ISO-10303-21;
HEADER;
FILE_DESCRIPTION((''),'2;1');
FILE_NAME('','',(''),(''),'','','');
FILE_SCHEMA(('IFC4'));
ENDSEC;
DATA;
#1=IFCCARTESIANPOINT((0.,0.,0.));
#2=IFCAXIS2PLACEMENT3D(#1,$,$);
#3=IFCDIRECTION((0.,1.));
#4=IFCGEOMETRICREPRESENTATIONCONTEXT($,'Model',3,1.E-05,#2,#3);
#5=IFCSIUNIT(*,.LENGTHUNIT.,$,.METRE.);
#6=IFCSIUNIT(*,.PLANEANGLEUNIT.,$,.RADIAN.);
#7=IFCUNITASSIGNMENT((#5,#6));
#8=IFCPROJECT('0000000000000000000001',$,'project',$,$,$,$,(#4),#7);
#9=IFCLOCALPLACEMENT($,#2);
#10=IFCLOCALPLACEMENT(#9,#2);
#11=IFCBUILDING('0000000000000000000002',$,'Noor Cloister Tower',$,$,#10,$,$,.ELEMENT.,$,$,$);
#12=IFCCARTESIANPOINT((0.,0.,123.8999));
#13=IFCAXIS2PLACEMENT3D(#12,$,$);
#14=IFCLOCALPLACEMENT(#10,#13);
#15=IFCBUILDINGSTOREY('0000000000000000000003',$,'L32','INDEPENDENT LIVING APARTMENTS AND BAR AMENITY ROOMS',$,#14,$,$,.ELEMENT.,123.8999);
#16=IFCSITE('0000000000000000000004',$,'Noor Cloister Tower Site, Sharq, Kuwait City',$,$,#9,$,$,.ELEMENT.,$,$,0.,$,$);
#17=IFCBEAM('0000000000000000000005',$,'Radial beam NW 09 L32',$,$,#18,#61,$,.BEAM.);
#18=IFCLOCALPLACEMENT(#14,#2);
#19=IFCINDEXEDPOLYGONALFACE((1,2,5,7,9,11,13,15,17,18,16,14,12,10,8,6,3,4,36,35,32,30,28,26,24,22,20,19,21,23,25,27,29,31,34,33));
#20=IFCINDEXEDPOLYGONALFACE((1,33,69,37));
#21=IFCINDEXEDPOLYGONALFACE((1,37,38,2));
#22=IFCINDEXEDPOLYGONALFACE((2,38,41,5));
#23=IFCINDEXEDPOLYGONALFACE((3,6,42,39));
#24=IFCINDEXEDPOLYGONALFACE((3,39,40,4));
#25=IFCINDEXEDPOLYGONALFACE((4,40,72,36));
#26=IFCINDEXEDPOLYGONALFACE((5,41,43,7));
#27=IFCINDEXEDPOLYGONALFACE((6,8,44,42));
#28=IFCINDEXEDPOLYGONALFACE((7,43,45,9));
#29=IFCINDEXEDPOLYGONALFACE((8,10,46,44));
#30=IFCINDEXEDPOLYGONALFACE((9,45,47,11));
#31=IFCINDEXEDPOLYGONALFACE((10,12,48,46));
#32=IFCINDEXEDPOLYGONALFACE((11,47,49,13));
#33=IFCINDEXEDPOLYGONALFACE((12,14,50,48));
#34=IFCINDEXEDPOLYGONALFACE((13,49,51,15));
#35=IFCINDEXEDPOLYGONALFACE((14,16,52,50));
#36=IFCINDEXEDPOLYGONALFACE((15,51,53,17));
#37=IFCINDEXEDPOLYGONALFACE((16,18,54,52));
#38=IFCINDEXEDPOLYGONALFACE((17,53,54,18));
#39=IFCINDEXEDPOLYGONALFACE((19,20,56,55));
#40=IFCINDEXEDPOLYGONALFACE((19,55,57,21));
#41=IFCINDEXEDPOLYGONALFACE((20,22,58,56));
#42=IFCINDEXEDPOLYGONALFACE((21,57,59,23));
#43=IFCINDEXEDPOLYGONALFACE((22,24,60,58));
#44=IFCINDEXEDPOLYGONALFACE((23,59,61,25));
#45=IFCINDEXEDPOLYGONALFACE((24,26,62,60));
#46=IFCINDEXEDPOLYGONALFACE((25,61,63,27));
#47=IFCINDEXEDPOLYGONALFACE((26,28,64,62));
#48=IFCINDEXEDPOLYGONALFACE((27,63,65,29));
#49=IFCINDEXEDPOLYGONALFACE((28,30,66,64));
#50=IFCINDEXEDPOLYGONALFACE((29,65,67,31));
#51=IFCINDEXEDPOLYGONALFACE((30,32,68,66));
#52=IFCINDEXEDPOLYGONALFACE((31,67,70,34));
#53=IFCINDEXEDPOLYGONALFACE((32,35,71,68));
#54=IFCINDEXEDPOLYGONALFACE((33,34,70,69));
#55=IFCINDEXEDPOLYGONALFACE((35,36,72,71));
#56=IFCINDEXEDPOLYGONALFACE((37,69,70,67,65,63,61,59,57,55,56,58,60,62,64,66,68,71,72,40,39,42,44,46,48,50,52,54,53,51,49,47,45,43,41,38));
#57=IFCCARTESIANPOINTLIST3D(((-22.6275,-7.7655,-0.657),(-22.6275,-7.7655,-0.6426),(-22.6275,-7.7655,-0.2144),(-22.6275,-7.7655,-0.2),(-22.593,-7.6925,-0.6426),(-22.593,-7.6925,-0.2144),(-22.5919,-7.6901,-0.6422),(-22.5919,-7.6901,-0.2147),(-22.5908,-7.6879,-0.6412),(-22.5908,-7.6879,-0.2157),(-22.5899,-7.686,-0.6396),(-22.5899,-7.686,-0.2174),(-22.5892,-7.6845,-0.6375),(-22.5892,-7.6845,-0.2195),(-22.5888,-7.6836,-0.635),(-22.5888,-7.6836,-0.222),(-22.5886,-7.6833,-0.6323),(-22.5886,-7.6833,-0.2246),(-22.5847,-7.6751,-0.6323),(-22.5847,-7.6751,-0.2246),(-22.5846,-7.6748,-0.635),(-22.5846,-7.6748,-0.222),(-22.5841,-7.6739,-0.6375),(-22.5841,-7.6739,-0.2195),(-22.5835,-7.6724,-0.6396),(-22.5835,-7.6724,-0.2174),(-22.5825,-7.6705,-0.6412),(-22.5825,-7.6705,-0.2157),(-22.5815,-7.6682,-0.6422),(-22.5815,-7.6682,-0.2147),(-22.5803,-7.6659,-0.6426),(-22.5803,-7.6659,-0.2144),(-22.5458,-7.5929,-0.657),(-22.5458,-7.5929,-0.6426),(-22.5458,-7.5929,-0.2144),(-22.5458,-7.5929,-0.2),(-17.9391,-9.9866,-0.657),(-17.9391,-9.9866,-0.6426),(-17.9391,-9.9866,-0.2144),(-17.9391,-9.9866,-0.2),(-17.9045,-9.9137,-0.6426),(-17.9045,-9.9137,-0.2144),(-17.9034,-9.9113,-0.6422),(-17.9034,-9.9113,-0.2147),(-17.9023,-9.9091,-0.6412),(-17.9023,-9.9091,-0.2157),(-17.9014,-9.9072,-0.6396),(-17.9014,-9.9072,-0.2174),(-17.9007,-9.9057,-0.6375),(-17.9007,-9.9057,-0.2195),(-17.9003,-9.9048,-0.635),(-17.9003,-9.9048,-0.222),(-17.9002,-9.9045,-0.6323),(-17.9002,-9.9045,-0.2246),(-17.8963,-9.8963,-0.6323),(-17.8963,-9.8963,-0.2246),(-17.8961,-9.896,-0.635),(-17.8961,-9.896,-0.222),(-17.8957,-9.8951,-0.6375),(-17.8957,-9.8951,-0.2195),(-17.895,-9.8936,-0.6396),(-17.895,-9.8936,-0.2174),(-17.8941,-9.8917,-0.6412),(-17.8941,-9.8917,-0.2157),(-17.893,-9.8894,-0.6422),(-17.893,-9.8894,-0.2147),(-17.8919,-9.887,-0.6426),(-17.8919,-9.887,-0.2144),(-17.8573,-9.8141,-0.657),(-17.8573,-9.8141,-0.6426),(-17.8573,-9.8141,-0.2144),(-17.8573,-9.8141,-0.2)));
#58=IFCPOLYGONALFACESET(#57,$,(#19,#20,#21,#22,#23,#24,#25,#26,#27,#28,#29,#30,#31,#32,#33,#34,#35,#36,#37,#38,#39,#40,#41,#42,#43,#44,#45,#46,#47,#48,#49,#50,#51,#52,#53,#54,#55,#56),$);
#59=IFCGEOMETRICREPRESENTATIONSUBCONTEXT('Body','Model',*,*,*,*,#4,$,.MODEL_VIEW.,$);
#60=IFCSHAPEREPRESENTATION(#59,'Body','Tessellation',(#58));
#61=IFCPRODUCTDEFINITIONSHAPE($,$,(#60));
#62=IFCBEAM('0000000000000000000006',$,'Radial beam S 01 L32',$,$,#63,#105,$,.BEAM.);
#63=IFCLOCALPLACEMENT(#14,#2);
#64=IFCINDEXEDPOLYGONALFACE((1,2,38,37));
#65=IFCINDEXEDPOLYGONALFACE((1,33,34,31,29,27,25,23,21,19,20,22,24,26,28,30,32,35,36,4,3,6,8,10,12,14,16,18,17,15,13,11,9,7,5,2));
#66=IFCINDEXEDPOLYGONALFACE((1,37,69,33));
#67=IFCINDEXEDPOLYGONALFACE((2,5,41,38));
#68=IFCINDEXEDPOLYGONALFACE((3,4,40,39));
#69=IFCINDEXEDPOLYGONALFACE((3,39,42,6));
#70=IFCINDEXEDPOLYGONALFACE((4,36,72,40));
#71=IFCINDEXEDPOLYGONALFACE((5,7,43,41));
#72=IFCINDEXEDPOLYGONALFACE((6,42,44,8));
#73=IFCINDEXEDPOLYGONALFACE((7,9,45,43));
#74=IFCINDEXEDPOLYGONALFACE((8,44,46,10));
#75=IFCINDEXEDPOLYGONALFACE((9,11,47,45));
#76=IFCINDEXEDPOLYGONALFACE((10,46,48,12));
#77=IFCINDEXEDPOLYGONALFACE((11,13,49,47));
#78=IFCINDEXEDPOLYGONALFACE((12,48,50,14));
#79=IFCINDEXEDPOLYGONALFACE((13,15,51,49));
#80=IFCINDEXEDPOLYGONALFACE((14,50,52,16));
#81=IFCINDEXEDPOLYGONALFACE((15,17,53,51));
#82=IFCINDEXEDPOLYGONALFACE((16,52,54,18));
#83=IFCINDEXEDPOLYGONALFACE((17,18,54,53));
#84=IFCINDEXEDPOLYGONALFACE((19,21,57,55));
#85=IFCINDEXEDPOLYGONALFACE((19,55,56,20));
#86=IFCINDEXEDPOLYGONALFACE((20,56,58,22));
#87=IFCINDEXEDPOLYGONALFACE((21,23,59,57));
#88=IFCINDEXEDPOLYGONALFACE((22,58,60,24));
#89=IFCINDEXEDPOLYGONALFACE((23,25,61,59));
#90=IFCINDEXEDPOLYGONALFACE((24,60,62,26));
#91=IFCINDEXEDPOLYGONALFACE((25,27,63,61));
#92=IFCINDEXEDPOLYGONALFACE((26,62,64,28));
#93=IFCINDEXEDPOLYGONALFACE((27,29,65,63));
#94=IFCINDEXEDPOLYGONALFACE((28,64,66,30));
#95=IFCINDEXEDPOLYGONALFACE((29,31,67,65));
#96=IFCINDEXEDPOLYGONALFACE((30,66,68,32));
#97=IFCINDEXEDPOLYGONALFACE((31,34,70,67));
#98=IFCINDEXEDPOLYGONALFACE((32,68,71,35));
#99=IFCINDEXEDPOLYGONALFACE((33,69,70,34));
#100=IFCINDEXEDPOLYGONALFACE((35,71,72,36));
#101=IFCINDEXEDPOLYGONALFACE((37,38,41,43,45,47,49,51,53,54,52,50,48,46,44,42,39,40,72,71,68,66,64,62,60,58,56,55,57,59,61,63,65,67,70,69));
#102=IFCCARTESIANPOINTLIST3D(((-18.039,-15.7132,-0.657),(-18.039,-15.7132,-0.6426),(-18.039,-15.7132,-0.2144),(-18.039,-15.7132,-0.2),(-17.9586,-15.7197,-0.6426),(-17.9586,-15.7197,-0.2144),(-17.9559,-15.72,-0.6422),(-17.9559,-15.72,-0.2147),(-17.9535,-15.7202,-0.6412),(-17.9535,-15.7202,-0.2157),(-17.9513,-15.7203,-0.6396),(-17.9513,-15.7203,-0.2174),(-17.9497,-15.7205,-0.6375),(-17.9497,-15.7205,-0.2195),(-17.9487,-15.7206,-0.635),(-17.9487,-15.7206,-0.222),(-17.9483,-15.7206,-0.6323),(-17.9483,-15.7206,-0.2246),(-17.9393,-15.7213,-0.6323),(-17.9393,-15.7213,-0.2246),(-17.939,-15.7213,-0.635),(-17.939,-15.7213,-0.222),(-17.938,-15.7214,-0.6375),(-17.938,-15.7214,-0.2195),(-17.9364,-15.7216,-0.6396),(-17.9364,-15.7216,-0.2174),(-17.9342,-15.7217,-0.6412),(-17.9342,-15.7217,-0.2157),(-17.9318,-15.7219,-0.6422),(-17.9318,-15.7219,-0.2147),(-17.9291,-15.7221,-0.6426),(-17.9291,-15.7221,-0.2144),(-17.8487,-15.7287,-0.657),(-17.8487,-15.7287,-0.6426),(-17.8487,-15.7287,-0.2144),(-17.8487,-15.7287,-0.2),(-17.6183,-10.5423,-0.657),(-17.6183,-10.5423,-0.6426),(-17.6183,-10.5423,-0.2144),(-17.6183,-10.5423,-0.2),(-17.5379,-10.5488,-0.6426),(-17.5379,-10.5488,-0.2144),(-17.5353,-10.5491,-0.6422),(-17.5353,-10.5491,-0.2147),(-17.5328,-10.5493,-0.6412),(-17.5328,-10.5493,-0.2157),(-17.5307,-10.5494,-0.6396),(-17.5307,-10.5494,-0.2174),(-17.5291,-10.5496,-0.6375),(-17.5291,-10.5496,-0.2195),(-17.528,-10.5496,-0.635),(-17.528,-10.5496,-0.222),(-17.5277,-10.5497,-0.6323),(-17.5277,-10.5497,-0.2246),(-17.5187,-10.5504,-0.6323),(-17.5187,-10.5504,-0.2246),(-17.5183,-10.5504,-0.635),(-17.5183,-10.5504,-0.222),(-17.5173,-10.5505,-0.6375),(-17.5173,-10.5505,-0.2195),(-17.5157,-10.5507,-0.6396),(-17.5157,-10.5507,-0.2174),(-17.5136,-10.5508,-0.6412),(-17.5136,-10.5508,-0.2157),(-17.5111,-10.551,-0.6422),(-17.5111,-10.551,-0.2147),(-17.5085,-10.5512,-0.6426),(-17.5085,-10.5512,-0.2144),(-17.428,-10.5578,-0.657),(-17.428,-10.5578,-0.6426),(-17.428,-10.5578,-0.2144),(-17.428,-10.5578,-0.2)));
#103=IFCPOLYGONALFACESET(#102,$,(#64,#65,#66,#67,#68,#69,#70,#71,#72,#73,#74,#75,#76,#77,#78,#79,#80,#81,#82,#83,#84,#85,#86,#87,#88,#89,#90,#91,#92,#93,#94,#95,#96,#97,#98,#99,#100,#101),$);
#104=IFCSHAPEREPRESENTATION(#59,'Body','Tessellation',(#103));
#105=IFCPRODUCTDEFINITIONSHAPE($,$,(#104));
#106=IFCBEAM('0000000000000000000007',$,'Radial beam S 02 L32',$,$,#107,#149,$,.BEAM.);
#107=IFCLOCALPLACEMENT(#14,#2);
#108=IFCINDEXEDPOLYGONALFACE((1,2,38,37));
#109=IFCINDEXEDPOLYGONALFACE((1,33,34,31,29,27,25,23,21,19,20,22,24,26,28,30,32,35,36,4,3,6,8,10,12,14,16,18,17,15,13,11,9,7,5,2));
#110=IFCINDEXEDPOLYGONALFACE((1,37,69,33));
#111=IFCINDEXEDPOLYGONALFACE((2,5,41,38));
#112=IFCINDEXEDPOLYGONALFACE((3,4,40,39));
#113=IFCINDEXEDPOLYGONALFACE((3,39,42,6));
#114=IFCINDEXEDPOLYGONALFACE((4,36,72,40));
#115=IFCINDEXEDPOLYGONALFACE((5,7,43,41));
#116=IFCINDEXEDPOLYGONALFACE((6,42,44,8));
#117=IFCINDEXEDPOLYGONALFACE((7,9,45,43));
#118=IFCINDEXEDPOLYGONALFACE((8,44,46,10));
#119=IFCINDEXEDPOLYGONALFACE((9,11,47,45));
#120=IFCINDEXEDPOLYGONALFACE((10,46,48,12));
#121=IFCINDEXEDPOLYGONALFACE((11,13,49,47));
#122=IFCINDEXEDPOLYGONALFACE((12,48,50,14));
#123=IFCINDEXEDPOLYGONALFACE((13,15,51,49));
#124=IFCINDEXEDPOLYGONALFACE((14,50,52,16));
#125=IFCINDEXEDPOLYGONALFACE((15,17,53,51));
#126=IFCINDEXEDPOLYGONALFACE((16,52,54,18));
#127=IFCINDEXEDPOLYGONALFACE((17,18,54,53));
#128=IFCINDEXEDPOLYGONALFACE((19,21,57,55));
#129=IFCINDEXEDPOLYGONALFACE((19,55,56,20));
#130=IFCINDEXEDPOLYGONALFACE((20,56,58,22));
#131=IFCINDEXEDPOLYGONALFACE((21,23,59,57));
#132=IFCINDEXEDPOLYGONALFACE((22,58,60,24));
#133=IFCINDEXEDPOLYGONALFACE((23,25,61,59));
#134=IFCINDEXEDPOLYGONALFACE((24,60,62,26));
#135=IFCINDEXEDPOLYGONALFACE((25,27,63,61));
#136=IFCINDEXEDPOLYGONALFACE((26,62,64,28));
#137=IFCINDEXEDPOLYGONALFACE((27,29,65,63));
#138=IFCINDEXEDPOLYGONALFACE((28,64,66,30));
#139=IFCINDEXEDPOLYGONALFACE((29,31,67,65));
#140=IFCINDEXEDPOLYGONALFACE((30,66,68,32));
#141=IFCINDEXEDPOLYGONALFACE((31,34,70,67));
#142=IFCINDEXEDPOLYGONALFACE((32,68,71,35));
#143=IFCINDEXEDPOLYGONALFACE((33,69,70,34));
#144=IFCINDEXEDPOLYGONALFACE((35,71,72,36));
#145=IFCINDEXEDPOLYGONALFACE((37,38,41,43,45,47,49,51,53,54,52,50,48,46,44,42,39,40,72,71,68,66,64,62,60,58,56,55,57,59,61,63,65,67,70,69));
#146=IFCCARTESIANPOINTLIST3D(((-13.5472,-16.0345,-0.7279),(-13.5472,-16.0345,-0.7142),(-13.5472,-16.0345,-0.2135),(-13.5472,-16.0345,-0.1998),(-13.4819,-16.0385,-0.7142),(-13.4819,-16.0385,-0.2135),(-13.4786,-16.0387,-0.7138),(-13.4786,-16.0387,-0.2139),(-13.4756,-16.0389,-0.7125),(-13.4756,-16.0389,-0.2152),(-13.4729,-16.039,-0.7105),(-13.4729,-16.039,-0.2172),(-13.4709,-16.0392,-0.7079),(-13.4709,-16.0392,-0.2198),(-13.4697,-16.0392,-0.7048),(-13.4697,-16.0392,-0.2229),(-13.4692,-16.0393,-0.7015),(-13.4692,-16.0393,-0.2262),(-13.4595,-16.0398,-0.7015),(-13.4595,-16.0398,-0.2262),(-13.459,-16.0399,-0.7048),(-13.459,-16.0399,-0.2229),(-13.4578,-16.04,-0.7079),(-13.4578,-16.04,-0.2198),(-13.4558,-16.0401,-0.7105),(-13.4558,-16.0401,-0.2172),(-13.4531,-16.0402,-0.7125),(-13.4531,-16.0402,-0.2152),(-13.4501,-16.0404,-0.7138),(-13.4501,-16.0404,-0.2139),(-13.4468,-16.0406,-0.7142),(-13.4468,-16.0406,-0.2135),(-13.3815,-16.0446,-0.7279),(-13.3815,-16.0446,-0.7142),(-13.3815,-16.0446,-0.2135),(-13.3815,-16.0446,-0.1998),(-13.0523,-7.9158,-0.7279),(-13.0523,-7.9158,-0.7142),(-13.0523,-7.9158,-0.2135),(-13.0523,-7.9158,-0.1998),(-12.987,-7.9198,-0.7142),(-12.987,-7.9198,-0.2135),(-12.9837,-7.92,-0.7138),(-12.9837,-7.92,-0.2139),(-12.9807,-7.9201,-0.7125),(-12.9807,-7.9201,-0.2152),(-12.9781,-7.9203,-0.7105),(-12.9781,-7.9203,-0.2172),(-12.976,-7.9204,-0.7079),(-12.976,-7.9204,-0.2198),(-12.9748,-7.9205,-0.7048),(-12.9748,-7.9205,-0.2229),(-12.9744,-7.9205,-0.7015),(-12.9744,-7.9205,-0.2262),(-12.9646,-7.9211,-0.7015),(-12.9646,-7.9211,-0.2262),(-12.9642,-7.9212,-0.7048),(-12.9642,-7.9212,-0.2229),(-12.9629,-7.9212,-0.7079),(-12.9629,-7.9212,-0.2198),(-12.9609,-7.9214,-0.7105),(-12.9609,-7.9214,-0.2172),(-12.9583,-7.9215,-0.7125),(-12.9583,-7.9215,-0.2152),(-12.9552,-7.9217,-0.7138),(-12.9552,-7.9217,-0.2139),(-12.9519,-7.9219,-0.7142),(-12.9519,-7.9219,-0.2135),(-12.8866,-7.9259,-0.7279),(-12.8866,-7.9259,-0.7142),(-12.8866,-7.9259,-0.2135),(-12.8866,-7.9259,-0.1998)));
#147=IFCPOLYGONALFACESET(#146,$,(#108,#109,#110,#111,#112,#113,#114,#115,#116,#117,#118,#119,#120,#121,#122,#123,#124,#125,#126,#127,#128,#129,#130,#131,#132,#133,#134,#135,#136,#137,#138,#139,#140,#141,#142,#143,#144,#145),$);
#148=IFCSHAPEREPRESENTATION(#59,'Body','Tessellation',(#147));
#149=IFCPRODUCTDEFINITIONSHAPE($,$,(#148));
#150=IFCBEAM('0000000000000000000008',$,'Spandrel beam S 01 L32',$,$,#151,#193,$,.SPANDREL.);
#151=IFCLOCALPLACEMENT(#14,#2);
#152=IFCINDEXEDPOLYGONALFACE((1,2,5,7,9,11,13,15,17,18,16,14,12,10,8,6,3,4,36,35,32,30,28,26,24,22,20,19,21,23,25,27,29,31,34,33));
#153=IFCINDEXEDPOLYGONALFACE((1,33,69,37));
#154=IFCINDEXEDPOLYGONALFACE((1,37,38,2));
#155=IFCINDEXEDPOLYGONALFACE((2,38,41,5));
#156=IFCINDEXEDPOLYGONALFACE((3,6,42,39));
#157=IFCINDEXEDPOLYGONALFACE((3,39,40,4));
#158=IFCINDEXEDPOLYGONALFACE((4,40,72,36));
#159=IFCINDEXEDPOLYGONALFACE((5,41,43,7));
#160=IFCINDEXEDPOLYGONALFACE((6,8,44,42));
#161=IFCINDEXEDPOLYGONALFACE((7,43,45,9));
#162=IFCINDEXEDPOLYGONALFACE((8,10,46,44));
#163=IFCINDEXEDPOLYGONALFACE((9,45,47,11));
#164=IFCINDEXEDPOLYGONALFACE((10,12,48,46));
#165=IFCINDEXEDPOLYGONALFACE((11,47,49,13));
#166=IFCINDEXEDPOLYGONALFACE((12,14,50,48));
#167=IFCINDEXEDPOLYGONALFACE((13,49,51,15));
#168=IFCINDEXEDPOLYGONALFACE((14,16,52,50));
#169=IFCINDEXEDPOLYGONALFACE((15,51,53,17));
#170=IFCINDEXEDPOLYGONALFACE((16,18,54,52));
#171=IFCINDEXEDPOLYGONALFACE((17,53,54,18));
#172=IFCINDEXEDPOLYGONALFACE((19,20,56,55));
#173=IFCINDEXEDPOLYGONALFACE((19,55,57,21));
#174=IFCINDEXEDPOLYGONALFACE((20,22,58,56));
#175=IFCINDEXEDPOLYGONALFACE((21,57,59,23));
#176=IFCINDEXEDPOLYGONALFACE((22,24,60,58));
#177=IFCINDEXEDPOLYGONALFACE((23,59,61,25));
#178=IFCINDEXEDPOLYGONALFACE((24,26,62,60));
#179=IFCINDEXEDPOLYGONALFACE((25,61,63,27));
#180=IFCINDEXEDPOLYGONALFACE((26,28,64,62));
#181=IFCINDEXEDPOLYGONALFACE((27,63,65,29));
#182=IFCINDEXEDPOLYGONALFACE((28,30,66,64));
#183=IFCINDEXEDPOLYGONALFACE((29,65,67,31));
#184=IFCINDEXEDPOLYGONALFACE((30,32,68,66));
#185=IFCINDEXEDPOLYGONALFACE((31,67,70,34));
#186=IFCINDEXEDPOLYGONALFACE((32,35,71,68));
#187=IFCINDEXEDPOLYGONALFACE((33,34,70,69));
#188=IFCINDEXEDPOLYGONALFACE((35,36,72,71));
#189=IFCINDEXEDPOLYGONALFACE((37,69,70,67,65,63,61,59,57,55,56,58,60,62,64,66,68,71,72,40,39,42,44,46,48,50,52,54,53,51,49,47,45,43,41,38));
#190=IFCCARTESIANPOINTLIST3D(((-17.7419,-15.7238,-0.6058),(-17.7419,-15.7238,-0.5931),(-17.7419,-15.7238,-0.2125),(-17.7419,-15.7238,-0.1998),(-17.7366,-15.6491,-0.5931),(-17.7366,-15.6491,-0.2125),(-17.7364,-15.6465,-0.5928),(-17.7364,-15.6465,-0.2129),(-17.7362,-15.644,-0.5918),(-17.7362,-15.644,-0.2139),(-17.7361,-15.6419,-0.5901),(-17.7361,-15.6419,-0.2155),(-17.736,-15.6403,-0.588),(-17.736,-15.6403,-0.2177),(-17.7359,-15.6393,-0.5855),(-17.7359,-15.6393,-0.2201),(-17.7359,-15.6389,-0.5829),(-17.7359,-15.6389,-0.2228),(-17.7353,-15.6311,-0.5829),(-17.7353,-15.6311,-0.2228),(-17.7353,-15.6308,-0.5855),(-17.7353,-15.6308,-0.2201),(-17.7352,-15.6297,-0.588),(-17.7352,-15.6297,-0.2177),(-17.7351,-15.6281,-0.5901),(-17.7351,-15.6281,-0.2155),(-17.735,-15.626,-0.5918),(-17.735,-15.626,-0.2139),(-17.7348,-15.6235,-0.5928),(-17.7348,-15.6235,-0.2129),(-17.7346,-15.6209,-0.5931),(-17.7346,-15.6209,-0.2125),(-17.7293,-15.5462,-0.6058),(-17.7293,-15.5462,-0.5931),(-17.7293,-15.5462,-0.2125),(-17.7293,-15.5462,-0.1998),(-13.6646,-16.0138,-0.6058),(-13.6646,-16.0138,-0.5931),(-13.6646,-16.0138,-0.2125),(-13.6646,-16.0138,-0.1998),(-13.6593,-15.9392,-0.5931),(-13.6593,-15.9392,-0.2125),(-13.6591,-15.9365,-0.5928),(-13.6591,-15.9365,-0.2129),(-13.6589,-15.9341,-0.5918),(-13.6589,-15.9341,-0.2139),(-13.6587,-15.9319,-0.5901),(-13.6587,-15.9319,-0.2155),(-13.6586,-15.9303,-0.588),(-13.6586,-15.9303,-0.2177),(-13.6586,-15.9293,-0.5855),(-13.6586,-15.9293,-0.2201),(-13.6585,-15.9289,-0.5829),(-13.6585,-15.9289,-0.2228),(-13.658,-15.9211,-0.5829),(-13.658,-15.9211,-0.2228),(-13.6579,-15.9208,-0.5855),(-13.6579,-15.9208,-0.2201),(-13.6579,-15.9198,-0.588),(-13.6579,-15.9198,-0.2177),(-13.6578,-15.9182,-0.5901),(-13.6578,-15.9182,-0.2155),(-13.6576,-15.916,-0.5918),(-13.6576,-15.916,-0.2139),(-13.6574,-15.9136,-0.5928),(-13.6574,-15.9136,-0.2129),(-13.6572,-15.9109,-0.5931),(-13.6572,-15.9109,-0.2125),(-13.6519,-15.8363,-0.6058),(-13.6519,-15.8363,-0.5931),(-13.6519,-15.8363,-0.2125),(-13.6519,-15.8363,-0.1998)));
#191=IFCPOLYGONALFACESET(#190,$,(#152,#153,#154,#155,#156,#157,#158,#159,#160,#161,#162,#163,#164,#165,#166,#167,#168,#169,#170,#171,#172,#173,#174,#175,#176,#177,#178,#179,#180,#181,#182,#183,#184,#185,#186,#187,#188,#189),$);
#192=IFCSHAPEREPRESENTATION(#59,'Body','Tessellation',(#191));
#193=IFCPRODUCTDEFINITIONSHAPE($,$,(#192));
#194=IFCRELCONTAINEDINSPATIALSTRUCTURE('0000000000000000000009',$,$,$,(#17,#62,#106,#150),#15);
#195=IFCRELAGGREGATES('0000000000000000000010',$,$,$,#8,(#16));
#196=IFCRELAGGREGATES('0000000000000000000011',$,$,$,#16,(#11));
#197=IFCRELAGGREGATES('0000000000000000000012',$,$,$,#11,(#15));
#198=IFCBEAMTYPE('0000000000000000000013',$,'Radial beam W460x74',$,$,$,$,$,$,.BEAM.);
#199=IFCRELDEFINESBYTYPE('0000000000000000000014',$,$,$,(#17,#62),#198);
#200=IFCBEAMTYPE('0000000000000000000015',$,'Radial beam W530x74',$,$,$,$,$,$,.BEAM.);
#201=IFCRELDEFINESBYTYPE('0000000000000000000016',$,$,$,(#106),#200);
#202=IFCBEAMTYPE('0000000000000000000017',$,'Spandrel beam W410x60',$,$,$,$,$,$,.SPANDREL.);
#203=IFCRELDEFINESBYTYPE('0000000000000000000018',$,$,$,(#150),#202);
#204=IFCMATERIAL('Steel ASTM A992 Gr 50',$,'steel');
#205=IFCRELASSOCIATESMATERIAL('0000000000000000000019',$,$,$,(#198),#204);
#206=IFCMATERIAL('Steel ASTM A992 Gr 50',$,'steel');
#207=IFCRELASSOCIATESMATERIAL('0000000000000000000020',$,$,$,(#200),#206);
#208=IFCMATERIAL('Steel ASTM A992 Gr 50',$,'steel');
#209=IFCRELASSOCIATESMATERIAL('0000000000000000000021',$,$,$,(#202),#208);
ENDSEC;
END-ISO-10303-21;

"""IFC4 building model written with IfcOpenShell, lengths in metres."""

from ifc_helpers import new_model, si_unit, direction, frame, origin, origin_2d, place, context, subcontext, project, spatial, i_section, extrude, material, material_profile, profile_set, type_object, element, save


model = new_model("IFC4")

# Units and contexts
model_context = context("Model", 3, precision=1e-05, world=origin(), true_north=direction((0.0, 1.0)))
body_context = subcontext(model_context, "Body", "Model", "MODEL_VIEW")
ifc_project = project(units=[si_unit("LENGTHUNIT", "METRE"), si_unit("PLANEANGLEUNIT", "RADIAN")], contexts=[model_context])

# Site, building, storey
site_placement = place(None, origin())
site = spatial("IfcSite", under=ifc_project, at=site_placement, Name="Noor Cloister Tower Site, Sharq, Kuwait City", CompositionType="ELEMENT", RefElevation=0.0)
building_placement = place(site_placement, origin())
building = spatial("IfcBuilding", under=site, at=building_placement, Name="Noor Cloister Tower", CompositionType="ELEMENT")
storey_placement = place(building_placement, frame((0.0, 0.0, 123.8999)))
storey = spatial("IfcBuildingStorey", under=building, at=storey_placement, Name="L32", Description="INDEPENDENT LIVING APARTMENTS AND BAR AMENITY ROOMS", CompositionType="ELEMENT", Elevation=123.8999)

# Beams
ifc_material_1 = material(Name="Steel ASTM A992 Gr 50", Category="steel")
ifc_material_profile_1 = material_profile(ifc_material_1, i_section(OverallWidth=0.1909, OverallDepth=0.457, WebThickness=0.009, FlangeThickness=0.0144, FilletRadius=0.0103, at=origin_2d()), Name="W460x74")
ifc_profile_set_1 = profile_set([ifc_material_profile_1], Name="Steel ASTM A992 Gr 50")
beam_type_1 = type_object("IfcBeamType", Name="Radial beam W460x74", PredefinedType="BEAM", material=ifc_profile_set_1)
for number, where, z_axis, x_axis, name in (
    (1, (-22.5867, -7.6792, -0.4285), (0.903713, -0.428139, 0.0), (0.428139, 0.903713, 0.0), "Radial beam NW 09 L32"),
    (2, (-17.9438, -15.7209, -0.4285), (0.081082, 0.996707, 0.0), (-0.996707, 0.081082, 0.0), "Radial beam S 01 L32"),
):
    element("IfcBeam", number, at=place(storey_placement, frame(where, z_axis=z_axis, x_axis=x_axis)), inside=storey, type_object=beam_type_1, Name=name, PredefinedType="BEAM", context=body_context, shape_type="SweptSolid", body=[
        extrude(i_section(OverallWidth=0.1909, OverallDepth=0.457, WebThickness=0.009, FlangeThickness=0.0144, FilletRadius=0.0103, at=origin_2d()), origin(), (0.0, 0.0, 1.0), 5.188),
    ])
ifc_material_2 = material(Name="Steel ASTM A992 Gr 50", Category="steel")
ifc_material_profile_2 = material_profile(ifc_material_2, i_section(OverallWidth=0.166, OverallDepth=0.5281, WebThickness=0.0098, FlangeThickness=0.0137, FilletRadius=0.0127, at=origin_2d()), Name="W530x74")
ifc_profile_set_2 = profile_set([ifc_material_profile_2], Name="Steel ASTM A992 Gr 50")
beam_type_2 = type_object("IfcBeamType", Name="Radial beam W530x74", PredefinedType="BEAM", material=ifc_profile_set_2)
beam_1_placement = place(storey_placement, frame((-13.4644, -16.0396, -0.4639), z_axis=(0.060842, 0.998147, 0.0), x_axis=(-0.998147, 0.060842, 0.0)))
element("IfcBeam", 3, at=beam_1_placement, inside=storey, type_object=beam_type_2, Name="Radial beam S 02 L32", PredefinedType="BEAM", context=body_context, shape_type="SweptSolid", body=[
    extrude(i_section(OverallWidth=0.166, OverallDepth=0.5281, WebThickness=0.0098, FlangeThickness=0.0137, FilletRadius=0.0127, at=origin_2d()), origin(), (0.0, 0.0, 1.0), 8.1338),
])
ifc_material_3 = material(Name="Steel ASTM A992 Gr 50", Category="steel")
ifc_material_profile_3 = material_profile(ifc_material_3, i_section(OverallWidth=0.178, OverallDepth=0.406, WebThickness=0.0078, FlangeThickness=0.0127, FilletRadius=0.0103, at=origin_2d()), Name="W410x60")
ifc_profile_set_3 = profile_set([ifc_material_profile_3], Name="Steel ASTM A992 Gr 50")
beam_type_3 = type_object("IfcBeamType", Name="Spandrel beam W410x60", PredefinedType="SPANDREL", material=ifc_profile_set_3)
beam_2_placement = place(storey_placement, frame((-17.7356, -15.635, -0.4028), z_axis=(0.99748, -0.070954, 0.0), x_axis=(0.070954, 0.99748, 0.0)))
element("IfcBeam", 4, at=beam_2_placement, inside=storey, type_object=beam_type_3, Name="Spandrel beam S 01 L32", PredefinedType="SPANDREL", context=body_context, shape_type="SweptSolid", body=[
    extrude(i_section(OverallWidth=0.178, OverallDepth=0.406, WebThickness=0.0078, FlangeThickness=0.0127, FilletRadius=0.0103, at=origin_2d()), origin(), (0.0, 0.0, 1.0), 4.0876),
])

save(model, "model.ifc")
